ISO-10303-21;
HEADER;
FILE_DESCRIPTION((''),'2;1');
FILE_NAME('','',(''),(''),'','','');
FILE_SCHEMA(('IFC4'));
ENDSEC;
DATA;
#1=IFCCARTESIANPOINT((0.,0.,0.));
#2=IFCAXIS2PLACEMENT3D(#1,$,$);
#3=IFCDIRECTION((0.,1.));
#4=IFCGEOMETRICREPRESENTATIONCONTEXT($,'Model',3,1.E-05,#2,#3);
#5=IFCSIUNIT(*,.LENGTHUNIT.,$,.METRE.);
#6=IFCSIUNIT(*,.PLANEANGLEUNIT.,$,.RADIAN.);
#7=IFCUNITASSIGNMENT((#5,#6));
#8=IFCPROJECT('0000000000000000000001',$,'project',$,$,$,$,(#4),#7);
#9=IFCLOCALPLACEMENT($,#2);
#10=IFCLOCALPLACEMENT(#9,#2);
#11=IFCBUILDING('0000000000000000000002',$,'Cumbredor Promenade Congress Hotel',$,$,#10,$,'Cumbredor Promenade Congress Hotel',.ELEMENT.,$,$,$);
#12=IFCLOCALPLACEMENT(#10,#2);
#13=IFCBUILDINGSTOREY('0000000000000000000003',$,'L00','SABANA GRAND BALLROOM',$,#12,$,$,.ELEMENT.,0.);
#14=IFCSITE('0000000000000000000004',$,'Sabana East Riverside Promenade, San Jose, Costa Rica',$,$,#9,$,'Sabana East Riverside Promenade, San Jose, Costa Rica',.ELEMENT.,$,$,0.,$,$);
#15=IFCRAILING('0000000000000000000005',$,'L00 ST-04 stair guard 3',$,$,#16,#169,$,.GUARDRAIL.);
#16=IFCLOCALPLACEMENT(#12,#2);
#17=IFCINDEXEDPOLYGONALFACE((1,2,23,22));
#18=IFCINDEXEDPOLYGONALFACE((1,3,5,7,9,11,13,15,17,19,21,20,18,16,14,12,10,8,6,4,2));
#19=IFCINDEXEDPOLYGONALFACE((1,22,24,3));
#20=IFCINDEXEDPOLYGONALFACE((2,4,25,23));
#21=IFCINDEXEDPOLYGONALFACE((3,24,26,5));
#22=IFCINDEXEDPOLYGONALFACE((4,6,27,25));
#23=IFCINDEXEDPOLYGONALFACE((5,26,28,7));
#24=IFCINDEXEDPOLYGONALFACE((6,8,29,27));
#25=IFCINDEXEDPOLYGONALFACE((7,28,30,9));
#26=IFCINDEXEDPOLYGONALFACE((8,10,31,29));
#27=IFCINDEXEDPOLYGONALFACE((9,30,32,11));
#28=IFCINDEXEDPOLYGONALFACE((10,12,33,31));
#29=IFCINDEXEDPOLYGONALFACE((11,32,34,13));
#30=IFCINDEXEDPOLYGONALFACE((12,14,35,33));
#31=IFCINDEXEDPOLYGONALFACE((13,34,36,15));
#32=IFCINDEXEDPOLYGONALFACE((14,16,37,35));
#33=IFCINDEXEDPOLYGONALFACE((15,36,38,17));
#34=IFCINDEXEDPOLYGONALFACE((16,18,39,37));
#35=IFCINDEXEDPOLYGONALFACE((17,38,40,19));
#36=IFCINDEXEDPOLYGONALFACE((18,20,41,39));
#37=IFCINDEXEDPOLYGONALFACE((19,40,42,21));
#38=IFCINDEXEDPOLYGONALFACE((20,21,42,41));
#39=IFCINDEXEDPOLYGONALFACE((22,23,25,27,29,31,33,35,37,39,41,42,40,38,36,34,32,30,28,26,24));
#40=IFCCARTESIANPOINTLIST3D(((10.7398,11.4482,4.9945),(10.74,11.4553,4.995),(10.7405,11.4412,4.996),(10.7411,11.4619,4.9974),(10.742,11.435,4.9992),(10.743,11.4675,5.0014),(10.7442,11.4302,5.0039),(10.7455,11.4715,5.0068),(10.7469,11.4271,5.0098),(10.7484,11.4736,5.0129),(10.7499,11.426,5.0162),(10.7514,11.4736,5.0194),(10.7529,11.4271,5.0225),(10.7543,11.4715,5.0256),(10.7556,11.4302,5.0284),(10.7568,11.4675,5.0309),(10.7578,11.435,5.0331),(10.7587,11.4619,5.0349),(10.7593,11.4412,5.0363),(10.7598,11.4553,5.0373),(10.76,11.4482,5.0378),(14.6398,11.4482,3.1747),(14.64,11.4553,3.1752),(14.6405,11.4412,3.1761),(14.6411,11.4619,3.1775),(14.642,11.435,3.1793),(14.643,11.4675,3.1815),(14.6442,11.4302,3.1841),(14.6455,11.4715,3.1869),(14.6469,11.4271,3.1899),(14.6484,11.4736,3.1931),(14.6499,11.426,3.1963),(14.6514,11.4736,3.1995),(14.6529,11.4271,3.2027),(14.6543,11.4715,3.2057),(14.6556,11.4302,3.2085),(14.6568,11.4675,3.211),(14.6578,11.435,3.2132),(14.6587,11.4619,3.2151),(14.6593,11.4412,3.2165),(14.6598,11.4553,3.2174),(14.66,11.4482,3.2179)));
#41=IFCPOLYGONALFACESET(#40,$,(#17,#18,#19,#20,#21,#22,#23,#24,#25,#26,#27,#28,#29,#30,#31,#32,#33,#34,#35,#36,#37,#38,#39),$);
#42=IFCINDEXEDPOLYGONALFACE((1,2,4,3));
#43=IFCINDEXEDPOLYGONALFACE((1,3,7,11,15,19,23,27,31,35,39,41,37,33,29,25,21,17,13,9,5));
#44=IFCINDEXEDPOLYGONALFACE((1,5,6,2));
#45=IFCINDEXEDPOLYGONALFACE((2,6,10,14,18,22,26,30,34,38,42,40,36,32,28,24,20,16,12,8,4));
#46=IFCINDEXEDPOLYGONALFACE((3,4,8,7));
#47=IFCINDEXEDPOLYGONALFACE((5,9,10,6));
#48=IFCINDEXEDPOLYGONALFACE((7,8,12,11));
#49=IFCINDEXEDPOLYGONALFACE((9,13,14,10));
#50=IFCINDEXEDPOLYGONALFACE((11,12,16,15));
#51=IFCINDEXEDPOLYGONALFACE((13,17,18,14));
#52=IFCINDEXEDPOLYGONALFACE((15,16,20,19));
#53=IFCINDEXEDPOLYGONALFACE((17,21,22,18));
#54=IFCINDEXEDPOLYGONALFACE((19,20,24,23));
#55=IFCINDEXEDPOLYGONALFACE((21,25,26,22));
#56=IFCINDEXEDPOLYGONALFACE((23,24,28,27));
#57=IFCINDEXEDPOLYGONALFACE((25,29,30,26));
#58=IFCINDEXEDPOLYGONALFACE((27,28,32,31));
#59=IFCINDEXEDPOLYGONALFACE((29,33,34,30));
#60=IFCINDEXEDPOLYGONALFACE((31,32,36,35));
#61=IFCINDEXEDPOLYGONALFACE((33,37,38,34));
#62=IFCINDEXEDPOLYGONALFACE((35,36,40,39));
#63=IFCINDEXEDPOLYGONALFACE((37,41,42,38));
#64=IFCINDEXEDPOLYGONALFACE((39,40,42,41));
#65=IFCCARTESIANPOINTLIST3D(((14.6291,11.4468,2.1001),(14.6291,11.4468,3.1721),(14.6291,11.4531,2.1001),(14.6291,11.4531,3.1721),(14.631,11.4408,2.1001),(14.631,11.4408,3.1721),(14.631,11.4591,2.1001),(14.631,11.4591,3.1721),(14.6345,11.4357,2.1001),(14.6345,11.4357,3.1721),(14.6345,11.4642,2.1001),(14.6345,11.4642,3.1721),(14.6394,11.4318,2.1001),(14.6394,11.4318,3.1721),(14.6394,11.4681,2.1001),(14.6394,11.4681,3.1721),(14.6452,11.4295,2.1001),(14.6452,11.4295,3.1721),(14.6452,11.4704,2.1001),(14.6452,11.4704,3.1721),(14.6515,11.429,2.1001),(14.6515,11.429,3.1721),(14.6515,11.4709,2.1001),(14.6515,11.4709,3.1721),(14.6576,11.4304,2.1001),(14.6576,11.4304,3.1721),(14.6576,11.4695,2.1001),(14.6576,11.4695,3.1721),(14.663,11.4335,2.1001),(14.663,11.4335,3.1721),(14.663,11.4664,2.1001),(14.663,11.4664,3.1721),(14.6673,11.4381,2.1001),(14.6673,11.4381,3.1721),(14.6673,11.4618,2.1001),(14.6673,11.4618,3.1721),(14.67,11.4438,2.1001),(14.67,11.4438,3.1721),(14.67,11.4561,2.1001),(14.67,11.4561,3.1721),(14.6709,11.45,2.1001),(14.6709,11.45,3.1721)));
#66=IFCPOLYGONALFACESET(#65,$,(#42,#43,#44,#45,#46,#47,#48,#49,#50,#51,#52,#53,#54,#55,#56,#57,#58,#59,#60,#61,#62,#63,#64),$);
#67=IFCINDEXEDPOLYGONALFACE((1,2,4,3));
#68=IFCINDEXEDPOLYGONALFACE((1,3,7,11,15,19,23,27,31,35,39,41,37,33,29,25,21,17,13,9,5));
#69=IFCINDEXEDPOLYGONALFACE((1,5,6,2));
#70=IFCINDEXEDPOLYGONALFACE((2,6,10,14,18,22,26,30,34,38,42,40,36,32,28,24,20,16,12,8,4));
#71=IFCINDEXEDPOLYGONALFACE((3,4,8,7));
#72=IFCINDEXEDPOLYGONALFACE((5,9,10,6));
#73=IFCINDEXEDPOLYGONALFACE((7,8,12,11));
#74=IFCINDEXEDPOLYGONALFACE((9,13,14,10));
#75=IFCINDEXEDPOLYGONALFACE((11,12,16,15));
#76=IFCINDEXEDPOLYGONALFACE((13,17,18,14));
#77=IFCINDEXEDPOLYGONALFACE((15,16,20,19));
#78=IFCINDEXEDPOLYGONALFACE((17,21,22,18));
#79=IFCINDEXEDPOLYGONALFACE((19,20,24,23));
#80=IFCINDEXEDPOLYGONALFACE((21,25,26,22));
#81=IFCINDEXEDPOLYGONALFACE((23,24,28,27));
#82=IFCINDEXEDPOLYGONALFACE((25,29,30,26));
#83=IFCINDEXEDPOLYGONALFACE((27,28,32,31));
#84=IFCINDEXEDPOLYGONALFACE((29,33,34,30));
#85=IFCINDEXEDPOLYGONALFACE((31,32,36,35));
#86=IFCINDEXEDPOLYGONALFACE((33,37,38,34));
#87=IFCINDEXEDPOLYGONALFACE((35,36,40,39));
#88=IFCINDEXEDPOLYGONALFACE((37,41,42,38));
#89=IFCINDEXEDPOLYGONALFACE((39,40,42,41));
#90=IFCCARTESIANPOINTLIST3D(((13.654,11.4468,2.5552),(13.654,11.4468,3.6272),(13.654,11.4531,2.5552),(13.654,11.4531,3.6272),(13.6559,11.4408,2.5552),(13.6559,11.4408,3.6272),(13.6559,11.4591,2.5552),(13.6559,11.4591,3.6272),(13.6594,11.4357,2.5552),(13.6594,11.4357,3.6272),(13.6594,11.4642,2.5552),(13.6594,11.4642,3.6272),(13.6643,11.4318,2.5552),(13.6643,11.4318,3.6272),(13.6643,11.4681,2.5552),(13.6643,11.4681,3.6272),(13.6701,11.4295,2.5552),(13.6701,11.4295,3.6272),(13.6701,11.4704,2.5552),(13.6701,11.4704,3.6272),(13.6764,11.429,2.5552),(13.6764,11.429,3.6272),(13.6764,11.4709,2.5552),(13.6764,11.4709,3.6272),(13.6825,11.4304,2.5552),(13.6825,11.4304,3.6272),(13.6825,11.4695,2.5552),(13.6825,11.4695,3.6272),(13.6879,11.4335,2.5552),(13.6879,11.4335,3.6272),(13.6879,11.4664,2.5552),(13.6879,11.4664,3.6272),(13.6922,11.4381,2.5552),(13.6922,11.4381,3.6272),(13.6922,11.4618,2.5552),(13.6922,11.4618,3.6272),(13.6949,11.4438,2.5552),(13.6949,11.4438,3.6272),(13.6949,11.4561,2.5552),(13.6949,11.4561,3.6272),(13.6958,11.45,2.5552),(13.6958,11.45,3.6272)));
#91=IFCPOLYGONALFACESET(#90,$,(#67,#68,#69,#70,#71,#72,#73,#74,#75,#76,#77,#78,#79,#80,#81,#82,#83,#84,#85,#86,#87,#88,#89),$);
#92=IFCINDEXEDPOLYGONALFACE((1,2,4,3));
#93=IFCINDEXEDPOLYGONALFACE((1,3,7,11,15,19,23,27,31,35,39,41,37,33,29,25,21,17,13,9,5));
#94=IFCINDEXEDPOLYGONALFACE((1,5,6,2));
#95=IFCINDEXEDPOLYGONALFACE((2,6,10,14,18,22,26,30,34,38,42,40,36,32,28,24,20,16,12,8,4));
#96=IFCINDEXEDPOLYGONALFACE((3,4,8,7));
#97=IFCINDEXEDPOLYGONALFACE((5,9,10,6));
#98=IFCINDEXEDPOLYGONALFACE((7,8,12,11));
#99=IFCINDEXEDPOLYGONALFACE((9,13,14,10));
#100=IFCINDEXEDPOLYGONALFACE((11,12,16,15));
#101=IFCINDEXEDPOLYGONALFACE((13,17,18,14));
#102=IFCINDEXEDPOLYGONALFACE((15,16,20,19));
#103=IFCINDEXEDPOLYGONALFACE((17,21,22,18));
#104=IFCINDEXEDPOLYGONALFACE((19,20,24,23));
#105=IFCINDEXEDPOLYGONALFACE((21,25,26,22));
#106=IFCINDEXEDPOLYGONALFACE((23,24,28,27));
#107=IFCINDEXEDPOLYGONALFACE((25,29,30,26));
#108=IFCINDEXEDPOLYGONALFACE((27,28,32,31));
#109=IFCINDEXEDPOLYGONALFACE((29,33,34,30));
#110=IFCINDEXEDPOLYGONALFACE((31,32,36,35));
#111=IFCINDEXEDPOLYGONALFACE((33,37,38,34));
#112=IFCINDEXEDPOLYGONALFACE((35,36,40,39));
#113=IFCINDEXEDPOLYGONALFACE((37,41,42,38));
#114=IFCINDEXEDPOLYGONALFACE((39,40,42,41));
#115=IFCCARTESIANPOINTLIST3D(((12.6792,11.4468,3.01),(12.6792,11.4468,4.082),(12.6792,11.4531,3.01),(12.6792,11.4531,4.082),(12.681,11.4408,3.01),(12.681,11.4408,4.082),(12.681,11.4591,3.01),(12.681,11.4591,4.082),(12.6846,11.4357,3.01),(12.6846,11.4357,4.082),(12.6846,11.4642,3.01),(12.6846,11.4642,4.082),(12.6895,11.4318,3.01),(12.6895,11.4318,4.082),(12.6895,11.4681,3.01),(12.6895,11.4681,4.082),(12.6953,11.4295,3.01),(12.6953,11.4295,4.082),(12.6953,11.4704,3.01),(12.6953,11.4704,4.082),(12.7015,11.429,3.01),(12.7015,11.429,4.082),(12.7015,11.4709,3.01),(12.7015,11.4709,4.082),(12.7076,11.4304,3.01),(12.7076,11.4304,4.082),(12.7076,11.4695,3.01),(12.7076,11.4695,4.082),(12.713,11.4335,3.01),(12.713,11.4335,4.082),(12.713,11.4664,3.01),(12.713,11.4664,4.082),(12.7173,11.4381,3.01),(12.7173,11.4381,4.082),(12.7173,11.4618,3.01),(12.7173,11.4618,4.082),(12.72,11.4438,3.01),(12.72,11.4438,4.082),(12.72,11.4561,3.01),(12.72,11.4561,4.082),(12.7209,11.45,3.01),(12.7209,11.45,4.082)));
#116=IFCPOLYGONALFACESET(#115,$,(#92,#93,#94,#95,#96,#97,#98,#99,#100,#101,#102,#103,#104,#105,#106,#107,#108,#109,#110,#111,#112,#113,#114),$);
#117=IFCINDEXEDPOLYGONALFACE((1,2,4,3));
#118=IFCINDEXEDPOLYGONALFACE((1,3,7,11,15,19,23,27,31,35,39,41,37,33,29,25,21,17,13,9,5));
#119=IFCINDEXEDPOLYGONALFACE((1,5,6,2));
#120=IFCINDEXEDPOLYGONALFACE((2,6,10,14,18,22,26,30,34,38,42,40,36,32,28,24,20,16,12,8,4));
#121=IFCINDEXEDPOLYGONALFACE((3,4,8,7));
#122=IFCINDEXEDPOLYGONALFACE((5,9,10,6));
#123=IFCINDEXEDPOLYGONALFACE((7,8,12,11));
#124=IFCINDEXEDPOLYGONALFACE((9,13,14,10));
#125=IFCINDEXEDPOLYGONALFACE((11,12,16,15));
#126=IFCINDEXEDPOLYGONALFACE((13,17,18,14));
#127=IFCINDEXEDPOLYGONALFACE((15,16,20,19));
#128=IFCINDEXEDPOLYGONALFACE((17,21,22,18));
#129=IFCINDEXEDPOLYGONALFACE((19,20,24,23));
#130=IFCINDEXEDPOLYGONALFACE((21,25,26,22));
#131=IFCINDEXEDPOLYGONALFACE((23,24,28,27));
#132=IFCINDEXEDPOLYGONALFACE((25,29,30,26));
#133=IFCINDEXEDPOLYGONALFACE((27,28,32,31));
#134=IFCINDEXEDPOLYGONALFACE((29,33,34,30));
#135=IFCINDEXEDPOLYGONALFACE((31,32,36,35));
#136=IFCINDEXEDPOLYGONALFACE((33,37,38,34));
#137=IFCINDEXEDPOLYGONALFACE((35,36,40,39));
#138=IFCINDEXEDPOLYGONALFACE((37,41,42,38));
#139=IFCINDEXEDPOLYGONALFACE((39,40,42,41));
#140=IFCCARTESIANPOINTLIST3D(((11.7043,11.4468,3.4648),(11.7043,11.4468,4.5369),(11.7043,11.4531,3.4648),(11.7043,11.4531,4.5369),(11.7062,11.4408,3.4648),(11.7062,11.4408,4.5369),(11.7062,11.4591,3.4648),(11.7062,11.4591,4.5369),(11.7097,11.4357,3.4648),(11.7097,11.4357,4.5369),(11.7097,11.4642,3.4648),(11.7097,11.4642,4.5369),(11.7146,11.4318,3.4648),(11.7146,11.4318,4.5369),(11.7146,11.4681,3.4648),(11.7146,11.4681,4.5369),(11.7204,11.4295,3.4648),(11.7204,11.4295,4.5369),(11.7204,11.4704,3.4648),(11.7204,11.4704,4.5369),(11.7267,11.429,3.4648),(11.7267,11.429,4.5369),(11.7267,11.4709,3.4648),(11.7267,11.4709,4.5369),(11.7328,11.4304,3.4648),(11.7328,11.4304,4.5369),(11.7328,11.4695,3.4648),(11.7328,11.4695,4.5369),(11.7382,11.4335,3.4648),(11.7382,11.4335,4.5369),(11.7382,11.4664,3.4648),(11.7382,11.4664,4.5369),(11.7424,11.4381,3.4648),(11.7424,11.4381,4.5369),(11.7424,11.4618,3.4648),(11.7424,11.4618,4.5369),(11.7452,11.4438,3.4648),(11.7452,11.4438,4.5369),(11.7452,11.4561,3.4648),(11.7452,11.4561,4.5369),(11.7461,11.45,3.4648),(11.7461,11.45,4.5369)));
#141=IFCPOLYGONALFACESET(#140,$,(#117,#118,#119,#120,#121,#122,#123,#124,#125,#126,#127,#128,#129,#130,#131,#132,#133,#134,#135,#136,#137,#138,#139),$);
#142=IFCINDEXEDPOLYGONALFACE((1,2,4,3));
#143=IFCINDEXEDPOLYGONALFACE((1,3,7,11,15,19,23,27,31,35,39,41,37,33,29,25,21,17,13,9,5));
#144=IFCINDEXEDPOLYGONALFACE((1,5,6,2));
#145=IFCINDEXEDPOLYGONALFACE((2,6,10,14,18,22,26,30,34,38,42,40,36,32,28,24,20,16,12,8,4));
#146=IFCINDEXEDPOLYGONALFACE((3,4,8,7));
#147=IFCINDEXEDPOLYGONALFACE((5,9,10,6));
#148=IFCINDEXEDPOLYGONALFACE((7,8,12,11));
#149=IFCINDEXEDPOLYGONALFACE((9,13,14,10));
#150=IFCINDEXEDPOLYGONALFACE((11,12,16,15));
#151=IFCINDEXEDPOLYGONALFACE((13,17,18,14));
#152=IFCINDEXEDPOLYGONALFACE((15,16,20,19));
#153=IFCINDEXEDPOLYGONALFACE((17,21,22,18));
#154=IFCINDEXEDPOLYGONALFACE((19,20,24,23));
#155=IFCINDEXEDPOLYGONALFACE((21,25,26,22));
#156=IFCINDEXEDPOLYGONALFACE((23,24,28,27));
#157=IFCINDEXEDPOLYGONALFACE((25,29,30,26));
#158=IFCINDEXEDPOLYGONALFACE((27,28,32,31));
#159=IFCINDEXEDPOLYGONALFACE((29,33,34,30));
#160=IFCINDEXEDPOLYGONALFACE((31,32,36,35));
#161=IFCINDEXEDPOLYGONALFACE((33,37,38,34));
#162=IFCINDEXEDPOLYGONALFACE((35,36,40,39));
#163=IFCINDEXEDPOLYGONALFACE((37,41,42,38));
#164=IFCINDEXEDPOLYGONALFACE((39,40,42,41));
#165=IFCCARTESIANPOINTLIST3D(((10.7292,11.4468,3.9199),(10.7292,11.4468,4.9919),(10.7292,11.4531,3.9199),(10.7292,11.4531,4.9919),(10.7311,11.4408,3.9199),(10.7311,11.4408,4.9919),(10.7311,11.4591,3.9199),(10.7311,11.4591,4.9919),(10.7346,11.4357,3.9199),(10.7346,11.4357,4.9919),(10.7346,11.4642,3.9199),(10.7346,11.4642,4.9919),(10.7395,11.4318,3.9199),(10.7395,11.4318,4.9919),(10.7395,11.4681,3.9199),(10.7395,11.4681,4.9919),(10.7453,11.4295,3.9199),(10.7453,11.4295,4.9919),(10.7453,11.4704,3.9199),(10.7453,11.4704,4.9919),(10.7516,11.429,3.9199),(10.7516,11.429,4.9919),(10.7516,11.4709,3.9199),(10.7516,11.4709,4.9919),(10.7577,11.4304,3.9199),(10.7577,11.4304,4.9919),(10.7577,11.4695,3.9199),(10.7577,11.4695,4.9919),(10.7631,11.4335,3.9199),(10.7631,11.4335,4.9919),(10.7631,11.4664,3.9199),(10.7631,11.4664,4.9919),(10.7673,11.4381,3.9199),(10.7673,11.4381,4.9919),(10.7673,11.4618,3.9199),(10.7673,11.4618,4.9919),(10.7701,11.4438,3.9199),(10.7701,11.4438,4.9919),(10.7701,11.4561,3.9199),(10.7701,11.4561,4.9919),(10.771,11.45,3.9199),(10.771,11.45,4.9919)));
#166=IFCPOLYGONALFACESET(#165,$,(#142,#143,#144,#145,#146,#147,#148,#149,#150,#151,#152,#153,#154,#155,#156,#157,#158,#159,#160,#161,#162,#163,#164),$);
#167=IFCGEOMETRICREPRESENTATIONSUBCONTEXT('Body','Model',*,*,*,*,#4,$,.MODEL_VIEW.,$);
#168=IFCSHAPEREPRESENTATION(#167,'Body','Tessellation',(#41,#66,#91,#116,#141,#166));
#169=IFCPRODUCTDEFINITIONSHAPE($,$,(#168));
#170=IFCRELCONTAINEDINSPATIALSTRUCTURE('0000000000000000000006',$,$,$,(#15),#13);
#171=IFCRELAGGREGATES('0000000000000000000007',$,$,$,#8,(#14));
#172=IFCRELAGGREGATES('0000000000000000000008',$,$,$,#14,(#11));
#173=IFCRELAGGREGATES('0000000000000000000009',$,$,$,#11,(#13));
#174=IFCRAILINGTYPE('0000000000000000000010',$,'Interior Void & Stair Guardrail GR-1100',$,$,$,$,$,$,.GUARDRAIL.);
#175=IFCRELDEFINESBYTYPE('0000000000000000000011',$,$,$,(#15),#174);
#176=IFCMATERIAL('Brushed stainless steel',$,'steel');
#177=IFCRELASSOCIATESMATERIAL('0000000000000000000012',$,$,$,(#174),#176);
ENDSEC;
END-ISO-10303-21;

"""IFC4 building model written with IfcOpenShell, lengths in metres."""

from ifc_helpers import new_model, si_unit, direction, frame, origin, origin_2d, place, context, subcontext, project, spatial, circle, extrude, material, type_object, element, save


model = new_model("IFC4")

# Units and contexts
model_context = context("Model", 3, precision=1e-05, world=origin(), true_north=direction((0.0, 1.0)))
body_context = subcontext(model_context, "Body", "Model", "MODEL_VIEW")
ifc_project = project(units=[si_unit("LENGTHUNIT", "METRE"), si_unit("PLANEANGLEUNIT", "RADIAN")], contexts=[model_context])

# Site, building, storey
site_placement = place(None, origin())
site = spatial("IfcSite", under=ifc_project, at=site_placement, Name="Sabana East Riverside Promenade, San Jose, Costa Rica", LongName="Sabana East Riverside Promenade, San Jose, Costa Rica", CompositionType="ELEMENT", RefElevation=0.0)
building_placement = place(site_placement, origin())
building = spatial("IfcBuilding", under=site, at=building_placement, Name="Cumbredor Promenade Congress Hotel", LongName="Cumbredor Promenade Congress Hotel", CompositionType="ELEMENT")
storey_placement = place(building_placement, origin())
storey = spatial("IfcBuildingStorey", under=building, at=storey_placement, Name="L00", Description="SABANA GRAND BALLROOM", CompositionType="ELEMENT", Elevation=0.0)

# Railing
ifc_material_1 = material(Name="Brushed stainless steel", Category="steel")
railing_type_1 = type_object("IfcRailingType", Name="Interior Void & Stair Guardrail GR-1100", PredefinedType="GUARDRAIL", material=ifc_material_1)
railing_1_placement = place(storey_placement, frame((14.6499, 11.45, 2.1001)))
element("IfcRailing", 1, at=railing_1_placement, inside=storey, type_object=railing_type_1, Name="L00 ST-04 stair guard 3", PredefinedType="GUARDRAIL", context=body_context, shape_type="SweptSolid", body=[
    extrude(circle(Radius=0.0239, at=origin_2d()), frame((0.0, 0.0, 1.0962), z_axis=(-0.906195, 0.0, 0.422861), x_axis=(0.0, -1.0, 0.0)), (0.0, 0.0, 1.0), 4.3037),
    extrude(circle(Radius=0.021, at=origin_2d()), origin(), (0.0, 0.0, 1.0), 1.072),
    extrude(circle(Radius=0.021, at=origin_2d()), frame((-0.9751, 0.0, 0.4551)), (0.0, 0.0, 1.0), 1.072),
    extrude(circle(Radius=0.021, at=origin_2d()), frame((-1.95, 0.0, 0.9099)), (0.0, 0.0, 1.0), 1.072),
    extrude(circle(Radius=0.021, at=origin_2d()), frame((-2.9248, 0.0, 1.3647)), (0.0, 0.0, 1.0), 1.072),
    extrude(circle(Radius=0.021, at=origin_2d()), frame((-3.8999, 0.0, 1.8198)), (0.0, 0.0, 1.0), 1.072),
])

save(model, "model.ifc")
